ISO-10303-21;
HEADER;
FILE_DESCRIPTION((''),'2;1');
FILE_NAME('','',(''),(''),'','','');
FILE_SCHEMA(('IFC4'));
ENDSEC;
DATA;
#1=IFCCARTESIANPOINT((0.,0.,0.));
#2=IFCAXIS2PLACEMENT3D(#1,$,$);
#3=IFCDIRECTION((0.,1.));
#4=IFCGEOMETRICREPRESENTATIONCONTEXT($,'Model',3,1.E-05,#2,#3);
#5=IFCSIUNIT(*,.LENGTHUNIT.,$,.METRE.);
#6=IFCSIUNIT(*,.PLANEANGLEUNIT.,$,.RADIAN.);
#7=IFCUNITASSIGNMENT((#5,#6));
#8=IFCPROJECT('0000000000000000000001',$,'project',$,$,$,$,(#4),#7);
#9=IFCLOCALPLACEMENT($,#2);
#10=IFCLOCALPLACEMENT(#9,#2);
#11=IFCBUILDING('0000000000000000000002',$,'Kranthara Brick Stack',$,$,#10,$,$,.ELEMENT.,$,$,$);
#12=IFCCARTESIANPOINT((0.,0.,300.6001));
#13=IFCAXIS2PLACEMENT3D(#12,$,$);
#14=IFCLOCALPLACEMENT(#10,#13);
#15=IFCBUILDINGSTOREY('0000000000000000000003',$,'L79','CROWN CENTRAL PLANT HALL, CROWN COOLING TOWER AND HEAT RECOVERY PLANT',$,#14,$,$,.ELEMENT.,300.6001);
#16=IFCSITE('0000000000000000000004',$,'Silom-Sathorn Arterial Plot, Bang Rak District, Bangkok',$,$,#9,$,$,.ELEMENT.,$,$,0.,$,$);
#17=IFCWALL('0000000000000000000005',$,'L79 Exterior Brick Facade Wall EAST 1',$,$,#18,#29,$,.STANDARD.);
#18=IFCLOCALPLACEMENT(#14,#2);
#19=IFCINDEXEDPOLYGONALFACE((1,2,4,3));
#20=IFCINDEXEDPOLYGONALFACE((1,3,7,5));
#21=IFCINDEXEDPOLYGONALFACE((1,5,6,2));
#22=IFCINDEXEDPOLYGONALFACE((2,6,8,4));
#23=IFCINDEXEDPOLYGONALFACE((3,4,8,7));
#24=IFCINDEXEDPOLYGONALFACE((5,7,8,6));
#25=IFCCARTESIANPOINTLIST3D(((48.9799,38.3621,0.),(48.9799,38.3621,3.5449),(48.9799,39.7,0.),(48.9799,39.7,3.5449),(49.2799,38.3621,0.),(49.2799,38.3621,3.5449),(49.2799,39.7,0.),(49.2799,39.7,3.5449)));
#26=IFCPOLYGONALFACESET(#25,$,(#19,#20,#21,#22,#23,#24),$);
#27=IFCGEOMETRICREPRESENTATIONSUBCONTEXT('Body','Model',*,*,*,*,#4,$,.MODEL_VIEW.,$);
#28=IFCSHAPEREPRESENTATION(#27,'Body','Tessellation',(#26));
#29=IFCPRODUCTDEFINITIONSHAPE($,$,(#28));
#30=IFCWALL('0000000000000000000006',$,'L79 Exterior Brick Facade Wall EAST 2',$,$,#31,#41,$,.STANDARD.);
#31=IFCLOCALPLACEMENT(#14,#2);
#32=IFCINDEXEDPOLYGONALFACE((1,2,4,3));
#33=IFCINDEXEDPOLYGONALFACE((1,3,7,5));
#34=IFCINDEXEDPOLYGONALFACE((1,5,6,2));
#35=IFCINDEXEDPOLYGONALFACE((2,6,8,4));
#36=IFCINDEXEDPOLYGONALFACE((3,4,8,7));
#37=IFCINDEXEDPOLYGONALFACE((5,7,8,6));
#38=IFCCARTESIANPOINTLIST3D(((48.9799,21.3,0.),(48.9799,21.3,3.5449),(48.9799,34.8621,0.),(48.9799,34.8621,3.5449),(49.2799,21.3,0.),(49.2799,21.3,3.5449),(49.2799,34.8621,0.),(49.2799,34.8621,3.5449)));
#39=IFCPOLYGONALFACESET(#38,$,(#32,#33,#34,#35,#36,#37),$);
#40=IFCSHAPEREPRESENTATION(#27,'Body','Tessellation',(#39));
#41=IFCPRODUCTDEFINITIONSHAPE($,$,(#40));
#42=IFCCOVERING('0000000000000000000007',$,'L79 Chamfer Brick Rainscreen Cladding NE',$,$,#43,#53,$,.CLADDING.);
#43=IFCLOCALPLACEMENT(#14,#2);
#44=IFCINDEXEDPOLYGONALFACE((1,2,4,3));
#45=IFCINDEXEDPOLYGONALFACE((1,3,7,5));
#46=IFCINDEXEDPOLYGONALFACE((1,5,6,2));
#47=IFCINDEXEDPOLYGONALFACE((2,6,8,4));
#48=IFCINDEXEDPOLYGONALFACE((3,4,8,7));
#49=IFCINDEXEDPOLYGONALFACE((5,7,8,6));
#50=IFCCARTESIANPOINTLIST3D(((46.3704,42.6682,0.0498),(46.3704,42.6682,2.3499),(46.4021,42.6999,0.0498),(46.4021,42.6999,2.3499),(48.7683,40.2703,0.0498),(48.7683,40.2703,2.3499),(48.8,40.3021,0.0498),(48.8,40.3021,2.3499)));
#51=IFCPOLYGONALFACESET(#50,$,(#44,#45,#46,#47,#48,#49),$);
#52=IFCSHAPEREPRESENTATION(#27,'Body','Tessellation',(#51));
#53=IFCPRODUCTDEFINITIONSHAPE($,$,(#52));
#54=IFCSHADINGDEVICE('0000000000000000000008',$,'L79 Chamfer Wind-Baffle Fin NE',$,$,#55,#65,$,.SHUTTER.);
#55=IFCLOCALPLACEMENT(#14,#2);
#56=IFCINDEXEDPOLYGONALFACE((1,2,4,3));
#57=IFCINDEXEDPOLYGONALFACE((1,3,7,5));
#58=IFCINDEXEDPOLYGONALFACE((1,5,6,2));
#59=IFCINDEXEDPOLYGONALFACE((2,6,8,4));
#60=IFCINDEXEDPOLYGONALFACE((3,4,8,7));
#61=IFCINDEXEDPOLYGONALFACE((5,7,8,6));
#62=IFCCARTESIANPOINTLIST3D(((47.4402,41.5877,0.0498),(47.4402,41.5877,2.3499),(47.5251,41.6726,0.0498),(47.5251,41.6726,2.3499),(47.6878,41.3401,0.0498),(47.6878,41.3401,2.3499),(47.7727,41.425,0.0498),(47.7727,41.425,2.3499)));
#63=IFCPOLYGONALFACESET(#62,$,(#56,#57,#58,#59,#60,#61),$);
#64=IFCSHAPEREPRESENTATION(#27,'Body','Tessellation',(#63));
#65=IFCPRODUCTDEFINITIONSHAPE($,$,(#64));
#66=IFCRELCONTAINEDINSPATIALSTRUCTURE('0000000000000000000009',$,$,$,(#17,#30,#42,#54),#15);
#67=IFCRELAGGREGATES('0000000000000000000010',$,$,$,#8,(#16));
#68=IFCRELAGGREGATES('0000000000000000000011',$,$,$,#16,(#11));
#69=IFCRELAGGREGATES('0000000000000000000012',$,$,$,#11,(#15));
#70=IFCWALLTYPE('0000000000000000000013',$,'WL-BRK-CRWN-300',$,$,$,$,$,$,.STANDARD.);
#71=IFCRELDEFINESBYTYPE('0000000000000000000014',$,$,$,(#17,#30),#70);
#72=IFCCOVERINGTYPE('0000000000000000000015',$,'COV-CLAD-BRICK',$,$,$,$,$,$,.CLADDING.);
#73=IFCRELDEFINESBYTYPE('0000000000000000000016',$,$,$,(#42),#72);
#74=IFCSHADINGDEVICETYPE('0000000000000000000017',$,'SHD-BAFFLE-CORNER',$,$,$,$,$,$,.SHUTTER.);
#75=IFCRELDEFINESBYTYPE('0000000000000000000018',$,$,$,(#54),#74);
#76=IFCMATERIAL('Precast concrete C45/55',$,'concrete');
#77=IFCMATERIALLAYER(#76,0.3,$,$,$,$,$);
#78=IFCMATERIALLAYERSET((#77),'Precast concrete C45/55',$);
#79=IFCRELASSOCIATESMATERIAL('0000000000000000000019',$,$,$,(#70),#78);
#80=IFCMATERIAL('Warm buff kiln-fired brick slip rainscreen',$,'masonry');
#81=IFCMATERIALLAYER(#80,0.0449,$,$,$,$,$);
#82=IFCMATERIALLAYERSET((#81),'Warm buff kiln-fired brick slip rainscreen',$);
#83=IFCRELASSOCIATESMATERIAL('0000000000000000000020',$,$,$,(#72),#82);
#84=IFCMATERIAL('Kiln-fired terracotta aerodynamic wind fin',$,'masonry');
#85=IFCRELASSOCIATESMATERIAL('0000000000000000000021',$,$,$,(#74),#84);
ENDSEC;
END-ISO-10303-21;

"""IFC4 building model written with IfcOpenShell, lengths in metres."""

from ifc_helpers import new_model, si_unit, direction, frame, frame_2d, origin, origin_2d, place, context, subcontext, project, spatial, rectangle, extrude, material, layer, layer_set, type_object, element, save


model = new_model("IFC4")

# Units and contexts
model_context = context("Model", 3, precision=1e-05, world=origin(), true_north=direction((0.0, 1.0)))
body_context = subcontext(model_context, "Body", "Model", "MODEL_VIEW")
ifc_project = project(units=[si_unit("LENGTHUNIT", "METRE"), si_unit("PLANEANGLEUNIT", "RADIAN")], contexts=[model_context])

# Site, building, storey
site_placement = place(None, origin())
site = spatial("IfcSite", under=ifc_project, at=site_placement, Name="Silom-Sathorn Arterial Plot, Bang Rak District, Bangkok", CompositionType="ELEMENT", RefElevation=0.0)
building_placement = place(site_placement, origin())
building = spatial("IfcBuilding", under=site, at=building_placement, Name="Kranthara Brick Stack", CompositionType="ELEMENT")
storey_placement = place(building_placement, frame((0.0, 0.0, 300.6001)))
storey = spatial("IfcBuildingStorey", under=building, at=storey_placement, Name="L79", Description="CROWN CENTRAL PLANT HALL, CROWN COOLING TOWER AND HEAT RECOVERY PLANT", CompositionType="ELEMENT", Elevation=300.6001)

# Walls
ifc_material_1 = material(Name="Precast concrete C45/55", Category="concrete")
ifc_layer_1 = layer(ifc_material_1, 0.3)
ifc_layer_set_1 = layer_set([ifc_layer_1], Name="Precast concrete C45/55")
wall_type = type_object("IfcWallType", Name="WL-BRK-CRWN-300", PredefinedType="STANDARD", material=ifc_layer_set_1)
wall_1_placement = place(storey_placement, frame((49.1299, 39.7, 0.0), z_axis=(0.0, 0.0, 1.0), x_axis=(0.0, -1.0, 0.0)))
element("IfcWall", 1, at=wall_1_placement, inside=storey, type_object=wall_type, Name="L79 Exterior Brick Facade Wall EAST 1", PredefinedType="STANDARD", context=body_context, shape_type="SweptSolid", body=[
    extrude(rectangle(XDim=1.3379, YDim=0.3, at=frame_2d((0.6689, 0.0))), origin(), (0.0, 0.0, 1.0), 3.5449),
])
wall_2_placement = place(storey_placement, frame((49.1299, 34.8621, 0.0), z_axis=(0.0, 0.0, 1.0), x_axis=(0.0, -1.0, 0.0)))
element("IfcWall", 2, at=wall_2_placement, inside=storey, type_object=wall_type, Name="L79 Exterior Brick Facade Wall EAST 2", PredefinedType="STANDARD", context=body_context, shape_type="SweptSolid", body=[
    extrude(rectangle(XDim=13.562, YDim=0.3, at=frame_2d((6.781, 0.0))), origin(), (0.0, 0.0, 1.0), 3.5449),
])

# Covering
ifc_material_2 = material(Name="Warm buff kiln-fired brick slip rainscreen", Category="masonry")
ifc_layer_2 = layer(ifc_material_2, 0.0449)
ifc_layer_set_2 = layer_set([ifc_layer_2], Name="Warm buff kiln-fired brick slip rainscreen")
covering_type = type_object("IfcCoveringType", Name="COV-CLAD-BRICK", PredefinedType="CLADDING", material=ifc_layer_set_2)
covering_placement = place(storey_placement, frame((47.5852, 41.4851, 0.0498), z_axis=(0.0, 0.0, 1.0), x_axis=(0.707107, -0.707107, 0.0)))
element("IfcCovering", 3, at=covering_placement, inside=storey, type_object=covering_type, Name="L79 Chamfer Brick Rainscreen Cladding NE", PredefinedType="CLADDING", context=body_context, shape_type="SweptSolid", body=[
    extrude(rectangle(XDim=3.3911, YDim=0.0449, at=origin_2d()), origin(), (0.0, 0.0, 1.0), 2.3),
])

# Shading device
ifc_material_3 = material(Name="Kiln-fired terracotta aerodynamic wind fin", Category="masonry")
shading_device_type = type_object("IfcShadingDeviceType", Name="SHD-BAFFLE-CORNER", PredefinedType="SHUTTER", material=ifc_material_3)
shading_device_placement = place(storey_placement, frame((47.6064, 41.5063, 0.0498), z_axis=(0.0, 0.0, 1.0), x_axis=(0.707107, -0.707107, 0.0)))
element("IfcShadingDevice", 4, at=shading_device_placement, inside=storey, type_object=shading_device_type, Name="L79 Chamfer Wind-Baffle Fin NE", PredefinedType="SHUTTER", context=body_context, shape_type="SweptSolid", body=[
    extrude(rectangle(XDim=0.3501, YDim=0.1201, at=origin_2d()), origin(), (0.0, 0.0, 1.0), 2.3),
])

save(model, "model.ifc")
